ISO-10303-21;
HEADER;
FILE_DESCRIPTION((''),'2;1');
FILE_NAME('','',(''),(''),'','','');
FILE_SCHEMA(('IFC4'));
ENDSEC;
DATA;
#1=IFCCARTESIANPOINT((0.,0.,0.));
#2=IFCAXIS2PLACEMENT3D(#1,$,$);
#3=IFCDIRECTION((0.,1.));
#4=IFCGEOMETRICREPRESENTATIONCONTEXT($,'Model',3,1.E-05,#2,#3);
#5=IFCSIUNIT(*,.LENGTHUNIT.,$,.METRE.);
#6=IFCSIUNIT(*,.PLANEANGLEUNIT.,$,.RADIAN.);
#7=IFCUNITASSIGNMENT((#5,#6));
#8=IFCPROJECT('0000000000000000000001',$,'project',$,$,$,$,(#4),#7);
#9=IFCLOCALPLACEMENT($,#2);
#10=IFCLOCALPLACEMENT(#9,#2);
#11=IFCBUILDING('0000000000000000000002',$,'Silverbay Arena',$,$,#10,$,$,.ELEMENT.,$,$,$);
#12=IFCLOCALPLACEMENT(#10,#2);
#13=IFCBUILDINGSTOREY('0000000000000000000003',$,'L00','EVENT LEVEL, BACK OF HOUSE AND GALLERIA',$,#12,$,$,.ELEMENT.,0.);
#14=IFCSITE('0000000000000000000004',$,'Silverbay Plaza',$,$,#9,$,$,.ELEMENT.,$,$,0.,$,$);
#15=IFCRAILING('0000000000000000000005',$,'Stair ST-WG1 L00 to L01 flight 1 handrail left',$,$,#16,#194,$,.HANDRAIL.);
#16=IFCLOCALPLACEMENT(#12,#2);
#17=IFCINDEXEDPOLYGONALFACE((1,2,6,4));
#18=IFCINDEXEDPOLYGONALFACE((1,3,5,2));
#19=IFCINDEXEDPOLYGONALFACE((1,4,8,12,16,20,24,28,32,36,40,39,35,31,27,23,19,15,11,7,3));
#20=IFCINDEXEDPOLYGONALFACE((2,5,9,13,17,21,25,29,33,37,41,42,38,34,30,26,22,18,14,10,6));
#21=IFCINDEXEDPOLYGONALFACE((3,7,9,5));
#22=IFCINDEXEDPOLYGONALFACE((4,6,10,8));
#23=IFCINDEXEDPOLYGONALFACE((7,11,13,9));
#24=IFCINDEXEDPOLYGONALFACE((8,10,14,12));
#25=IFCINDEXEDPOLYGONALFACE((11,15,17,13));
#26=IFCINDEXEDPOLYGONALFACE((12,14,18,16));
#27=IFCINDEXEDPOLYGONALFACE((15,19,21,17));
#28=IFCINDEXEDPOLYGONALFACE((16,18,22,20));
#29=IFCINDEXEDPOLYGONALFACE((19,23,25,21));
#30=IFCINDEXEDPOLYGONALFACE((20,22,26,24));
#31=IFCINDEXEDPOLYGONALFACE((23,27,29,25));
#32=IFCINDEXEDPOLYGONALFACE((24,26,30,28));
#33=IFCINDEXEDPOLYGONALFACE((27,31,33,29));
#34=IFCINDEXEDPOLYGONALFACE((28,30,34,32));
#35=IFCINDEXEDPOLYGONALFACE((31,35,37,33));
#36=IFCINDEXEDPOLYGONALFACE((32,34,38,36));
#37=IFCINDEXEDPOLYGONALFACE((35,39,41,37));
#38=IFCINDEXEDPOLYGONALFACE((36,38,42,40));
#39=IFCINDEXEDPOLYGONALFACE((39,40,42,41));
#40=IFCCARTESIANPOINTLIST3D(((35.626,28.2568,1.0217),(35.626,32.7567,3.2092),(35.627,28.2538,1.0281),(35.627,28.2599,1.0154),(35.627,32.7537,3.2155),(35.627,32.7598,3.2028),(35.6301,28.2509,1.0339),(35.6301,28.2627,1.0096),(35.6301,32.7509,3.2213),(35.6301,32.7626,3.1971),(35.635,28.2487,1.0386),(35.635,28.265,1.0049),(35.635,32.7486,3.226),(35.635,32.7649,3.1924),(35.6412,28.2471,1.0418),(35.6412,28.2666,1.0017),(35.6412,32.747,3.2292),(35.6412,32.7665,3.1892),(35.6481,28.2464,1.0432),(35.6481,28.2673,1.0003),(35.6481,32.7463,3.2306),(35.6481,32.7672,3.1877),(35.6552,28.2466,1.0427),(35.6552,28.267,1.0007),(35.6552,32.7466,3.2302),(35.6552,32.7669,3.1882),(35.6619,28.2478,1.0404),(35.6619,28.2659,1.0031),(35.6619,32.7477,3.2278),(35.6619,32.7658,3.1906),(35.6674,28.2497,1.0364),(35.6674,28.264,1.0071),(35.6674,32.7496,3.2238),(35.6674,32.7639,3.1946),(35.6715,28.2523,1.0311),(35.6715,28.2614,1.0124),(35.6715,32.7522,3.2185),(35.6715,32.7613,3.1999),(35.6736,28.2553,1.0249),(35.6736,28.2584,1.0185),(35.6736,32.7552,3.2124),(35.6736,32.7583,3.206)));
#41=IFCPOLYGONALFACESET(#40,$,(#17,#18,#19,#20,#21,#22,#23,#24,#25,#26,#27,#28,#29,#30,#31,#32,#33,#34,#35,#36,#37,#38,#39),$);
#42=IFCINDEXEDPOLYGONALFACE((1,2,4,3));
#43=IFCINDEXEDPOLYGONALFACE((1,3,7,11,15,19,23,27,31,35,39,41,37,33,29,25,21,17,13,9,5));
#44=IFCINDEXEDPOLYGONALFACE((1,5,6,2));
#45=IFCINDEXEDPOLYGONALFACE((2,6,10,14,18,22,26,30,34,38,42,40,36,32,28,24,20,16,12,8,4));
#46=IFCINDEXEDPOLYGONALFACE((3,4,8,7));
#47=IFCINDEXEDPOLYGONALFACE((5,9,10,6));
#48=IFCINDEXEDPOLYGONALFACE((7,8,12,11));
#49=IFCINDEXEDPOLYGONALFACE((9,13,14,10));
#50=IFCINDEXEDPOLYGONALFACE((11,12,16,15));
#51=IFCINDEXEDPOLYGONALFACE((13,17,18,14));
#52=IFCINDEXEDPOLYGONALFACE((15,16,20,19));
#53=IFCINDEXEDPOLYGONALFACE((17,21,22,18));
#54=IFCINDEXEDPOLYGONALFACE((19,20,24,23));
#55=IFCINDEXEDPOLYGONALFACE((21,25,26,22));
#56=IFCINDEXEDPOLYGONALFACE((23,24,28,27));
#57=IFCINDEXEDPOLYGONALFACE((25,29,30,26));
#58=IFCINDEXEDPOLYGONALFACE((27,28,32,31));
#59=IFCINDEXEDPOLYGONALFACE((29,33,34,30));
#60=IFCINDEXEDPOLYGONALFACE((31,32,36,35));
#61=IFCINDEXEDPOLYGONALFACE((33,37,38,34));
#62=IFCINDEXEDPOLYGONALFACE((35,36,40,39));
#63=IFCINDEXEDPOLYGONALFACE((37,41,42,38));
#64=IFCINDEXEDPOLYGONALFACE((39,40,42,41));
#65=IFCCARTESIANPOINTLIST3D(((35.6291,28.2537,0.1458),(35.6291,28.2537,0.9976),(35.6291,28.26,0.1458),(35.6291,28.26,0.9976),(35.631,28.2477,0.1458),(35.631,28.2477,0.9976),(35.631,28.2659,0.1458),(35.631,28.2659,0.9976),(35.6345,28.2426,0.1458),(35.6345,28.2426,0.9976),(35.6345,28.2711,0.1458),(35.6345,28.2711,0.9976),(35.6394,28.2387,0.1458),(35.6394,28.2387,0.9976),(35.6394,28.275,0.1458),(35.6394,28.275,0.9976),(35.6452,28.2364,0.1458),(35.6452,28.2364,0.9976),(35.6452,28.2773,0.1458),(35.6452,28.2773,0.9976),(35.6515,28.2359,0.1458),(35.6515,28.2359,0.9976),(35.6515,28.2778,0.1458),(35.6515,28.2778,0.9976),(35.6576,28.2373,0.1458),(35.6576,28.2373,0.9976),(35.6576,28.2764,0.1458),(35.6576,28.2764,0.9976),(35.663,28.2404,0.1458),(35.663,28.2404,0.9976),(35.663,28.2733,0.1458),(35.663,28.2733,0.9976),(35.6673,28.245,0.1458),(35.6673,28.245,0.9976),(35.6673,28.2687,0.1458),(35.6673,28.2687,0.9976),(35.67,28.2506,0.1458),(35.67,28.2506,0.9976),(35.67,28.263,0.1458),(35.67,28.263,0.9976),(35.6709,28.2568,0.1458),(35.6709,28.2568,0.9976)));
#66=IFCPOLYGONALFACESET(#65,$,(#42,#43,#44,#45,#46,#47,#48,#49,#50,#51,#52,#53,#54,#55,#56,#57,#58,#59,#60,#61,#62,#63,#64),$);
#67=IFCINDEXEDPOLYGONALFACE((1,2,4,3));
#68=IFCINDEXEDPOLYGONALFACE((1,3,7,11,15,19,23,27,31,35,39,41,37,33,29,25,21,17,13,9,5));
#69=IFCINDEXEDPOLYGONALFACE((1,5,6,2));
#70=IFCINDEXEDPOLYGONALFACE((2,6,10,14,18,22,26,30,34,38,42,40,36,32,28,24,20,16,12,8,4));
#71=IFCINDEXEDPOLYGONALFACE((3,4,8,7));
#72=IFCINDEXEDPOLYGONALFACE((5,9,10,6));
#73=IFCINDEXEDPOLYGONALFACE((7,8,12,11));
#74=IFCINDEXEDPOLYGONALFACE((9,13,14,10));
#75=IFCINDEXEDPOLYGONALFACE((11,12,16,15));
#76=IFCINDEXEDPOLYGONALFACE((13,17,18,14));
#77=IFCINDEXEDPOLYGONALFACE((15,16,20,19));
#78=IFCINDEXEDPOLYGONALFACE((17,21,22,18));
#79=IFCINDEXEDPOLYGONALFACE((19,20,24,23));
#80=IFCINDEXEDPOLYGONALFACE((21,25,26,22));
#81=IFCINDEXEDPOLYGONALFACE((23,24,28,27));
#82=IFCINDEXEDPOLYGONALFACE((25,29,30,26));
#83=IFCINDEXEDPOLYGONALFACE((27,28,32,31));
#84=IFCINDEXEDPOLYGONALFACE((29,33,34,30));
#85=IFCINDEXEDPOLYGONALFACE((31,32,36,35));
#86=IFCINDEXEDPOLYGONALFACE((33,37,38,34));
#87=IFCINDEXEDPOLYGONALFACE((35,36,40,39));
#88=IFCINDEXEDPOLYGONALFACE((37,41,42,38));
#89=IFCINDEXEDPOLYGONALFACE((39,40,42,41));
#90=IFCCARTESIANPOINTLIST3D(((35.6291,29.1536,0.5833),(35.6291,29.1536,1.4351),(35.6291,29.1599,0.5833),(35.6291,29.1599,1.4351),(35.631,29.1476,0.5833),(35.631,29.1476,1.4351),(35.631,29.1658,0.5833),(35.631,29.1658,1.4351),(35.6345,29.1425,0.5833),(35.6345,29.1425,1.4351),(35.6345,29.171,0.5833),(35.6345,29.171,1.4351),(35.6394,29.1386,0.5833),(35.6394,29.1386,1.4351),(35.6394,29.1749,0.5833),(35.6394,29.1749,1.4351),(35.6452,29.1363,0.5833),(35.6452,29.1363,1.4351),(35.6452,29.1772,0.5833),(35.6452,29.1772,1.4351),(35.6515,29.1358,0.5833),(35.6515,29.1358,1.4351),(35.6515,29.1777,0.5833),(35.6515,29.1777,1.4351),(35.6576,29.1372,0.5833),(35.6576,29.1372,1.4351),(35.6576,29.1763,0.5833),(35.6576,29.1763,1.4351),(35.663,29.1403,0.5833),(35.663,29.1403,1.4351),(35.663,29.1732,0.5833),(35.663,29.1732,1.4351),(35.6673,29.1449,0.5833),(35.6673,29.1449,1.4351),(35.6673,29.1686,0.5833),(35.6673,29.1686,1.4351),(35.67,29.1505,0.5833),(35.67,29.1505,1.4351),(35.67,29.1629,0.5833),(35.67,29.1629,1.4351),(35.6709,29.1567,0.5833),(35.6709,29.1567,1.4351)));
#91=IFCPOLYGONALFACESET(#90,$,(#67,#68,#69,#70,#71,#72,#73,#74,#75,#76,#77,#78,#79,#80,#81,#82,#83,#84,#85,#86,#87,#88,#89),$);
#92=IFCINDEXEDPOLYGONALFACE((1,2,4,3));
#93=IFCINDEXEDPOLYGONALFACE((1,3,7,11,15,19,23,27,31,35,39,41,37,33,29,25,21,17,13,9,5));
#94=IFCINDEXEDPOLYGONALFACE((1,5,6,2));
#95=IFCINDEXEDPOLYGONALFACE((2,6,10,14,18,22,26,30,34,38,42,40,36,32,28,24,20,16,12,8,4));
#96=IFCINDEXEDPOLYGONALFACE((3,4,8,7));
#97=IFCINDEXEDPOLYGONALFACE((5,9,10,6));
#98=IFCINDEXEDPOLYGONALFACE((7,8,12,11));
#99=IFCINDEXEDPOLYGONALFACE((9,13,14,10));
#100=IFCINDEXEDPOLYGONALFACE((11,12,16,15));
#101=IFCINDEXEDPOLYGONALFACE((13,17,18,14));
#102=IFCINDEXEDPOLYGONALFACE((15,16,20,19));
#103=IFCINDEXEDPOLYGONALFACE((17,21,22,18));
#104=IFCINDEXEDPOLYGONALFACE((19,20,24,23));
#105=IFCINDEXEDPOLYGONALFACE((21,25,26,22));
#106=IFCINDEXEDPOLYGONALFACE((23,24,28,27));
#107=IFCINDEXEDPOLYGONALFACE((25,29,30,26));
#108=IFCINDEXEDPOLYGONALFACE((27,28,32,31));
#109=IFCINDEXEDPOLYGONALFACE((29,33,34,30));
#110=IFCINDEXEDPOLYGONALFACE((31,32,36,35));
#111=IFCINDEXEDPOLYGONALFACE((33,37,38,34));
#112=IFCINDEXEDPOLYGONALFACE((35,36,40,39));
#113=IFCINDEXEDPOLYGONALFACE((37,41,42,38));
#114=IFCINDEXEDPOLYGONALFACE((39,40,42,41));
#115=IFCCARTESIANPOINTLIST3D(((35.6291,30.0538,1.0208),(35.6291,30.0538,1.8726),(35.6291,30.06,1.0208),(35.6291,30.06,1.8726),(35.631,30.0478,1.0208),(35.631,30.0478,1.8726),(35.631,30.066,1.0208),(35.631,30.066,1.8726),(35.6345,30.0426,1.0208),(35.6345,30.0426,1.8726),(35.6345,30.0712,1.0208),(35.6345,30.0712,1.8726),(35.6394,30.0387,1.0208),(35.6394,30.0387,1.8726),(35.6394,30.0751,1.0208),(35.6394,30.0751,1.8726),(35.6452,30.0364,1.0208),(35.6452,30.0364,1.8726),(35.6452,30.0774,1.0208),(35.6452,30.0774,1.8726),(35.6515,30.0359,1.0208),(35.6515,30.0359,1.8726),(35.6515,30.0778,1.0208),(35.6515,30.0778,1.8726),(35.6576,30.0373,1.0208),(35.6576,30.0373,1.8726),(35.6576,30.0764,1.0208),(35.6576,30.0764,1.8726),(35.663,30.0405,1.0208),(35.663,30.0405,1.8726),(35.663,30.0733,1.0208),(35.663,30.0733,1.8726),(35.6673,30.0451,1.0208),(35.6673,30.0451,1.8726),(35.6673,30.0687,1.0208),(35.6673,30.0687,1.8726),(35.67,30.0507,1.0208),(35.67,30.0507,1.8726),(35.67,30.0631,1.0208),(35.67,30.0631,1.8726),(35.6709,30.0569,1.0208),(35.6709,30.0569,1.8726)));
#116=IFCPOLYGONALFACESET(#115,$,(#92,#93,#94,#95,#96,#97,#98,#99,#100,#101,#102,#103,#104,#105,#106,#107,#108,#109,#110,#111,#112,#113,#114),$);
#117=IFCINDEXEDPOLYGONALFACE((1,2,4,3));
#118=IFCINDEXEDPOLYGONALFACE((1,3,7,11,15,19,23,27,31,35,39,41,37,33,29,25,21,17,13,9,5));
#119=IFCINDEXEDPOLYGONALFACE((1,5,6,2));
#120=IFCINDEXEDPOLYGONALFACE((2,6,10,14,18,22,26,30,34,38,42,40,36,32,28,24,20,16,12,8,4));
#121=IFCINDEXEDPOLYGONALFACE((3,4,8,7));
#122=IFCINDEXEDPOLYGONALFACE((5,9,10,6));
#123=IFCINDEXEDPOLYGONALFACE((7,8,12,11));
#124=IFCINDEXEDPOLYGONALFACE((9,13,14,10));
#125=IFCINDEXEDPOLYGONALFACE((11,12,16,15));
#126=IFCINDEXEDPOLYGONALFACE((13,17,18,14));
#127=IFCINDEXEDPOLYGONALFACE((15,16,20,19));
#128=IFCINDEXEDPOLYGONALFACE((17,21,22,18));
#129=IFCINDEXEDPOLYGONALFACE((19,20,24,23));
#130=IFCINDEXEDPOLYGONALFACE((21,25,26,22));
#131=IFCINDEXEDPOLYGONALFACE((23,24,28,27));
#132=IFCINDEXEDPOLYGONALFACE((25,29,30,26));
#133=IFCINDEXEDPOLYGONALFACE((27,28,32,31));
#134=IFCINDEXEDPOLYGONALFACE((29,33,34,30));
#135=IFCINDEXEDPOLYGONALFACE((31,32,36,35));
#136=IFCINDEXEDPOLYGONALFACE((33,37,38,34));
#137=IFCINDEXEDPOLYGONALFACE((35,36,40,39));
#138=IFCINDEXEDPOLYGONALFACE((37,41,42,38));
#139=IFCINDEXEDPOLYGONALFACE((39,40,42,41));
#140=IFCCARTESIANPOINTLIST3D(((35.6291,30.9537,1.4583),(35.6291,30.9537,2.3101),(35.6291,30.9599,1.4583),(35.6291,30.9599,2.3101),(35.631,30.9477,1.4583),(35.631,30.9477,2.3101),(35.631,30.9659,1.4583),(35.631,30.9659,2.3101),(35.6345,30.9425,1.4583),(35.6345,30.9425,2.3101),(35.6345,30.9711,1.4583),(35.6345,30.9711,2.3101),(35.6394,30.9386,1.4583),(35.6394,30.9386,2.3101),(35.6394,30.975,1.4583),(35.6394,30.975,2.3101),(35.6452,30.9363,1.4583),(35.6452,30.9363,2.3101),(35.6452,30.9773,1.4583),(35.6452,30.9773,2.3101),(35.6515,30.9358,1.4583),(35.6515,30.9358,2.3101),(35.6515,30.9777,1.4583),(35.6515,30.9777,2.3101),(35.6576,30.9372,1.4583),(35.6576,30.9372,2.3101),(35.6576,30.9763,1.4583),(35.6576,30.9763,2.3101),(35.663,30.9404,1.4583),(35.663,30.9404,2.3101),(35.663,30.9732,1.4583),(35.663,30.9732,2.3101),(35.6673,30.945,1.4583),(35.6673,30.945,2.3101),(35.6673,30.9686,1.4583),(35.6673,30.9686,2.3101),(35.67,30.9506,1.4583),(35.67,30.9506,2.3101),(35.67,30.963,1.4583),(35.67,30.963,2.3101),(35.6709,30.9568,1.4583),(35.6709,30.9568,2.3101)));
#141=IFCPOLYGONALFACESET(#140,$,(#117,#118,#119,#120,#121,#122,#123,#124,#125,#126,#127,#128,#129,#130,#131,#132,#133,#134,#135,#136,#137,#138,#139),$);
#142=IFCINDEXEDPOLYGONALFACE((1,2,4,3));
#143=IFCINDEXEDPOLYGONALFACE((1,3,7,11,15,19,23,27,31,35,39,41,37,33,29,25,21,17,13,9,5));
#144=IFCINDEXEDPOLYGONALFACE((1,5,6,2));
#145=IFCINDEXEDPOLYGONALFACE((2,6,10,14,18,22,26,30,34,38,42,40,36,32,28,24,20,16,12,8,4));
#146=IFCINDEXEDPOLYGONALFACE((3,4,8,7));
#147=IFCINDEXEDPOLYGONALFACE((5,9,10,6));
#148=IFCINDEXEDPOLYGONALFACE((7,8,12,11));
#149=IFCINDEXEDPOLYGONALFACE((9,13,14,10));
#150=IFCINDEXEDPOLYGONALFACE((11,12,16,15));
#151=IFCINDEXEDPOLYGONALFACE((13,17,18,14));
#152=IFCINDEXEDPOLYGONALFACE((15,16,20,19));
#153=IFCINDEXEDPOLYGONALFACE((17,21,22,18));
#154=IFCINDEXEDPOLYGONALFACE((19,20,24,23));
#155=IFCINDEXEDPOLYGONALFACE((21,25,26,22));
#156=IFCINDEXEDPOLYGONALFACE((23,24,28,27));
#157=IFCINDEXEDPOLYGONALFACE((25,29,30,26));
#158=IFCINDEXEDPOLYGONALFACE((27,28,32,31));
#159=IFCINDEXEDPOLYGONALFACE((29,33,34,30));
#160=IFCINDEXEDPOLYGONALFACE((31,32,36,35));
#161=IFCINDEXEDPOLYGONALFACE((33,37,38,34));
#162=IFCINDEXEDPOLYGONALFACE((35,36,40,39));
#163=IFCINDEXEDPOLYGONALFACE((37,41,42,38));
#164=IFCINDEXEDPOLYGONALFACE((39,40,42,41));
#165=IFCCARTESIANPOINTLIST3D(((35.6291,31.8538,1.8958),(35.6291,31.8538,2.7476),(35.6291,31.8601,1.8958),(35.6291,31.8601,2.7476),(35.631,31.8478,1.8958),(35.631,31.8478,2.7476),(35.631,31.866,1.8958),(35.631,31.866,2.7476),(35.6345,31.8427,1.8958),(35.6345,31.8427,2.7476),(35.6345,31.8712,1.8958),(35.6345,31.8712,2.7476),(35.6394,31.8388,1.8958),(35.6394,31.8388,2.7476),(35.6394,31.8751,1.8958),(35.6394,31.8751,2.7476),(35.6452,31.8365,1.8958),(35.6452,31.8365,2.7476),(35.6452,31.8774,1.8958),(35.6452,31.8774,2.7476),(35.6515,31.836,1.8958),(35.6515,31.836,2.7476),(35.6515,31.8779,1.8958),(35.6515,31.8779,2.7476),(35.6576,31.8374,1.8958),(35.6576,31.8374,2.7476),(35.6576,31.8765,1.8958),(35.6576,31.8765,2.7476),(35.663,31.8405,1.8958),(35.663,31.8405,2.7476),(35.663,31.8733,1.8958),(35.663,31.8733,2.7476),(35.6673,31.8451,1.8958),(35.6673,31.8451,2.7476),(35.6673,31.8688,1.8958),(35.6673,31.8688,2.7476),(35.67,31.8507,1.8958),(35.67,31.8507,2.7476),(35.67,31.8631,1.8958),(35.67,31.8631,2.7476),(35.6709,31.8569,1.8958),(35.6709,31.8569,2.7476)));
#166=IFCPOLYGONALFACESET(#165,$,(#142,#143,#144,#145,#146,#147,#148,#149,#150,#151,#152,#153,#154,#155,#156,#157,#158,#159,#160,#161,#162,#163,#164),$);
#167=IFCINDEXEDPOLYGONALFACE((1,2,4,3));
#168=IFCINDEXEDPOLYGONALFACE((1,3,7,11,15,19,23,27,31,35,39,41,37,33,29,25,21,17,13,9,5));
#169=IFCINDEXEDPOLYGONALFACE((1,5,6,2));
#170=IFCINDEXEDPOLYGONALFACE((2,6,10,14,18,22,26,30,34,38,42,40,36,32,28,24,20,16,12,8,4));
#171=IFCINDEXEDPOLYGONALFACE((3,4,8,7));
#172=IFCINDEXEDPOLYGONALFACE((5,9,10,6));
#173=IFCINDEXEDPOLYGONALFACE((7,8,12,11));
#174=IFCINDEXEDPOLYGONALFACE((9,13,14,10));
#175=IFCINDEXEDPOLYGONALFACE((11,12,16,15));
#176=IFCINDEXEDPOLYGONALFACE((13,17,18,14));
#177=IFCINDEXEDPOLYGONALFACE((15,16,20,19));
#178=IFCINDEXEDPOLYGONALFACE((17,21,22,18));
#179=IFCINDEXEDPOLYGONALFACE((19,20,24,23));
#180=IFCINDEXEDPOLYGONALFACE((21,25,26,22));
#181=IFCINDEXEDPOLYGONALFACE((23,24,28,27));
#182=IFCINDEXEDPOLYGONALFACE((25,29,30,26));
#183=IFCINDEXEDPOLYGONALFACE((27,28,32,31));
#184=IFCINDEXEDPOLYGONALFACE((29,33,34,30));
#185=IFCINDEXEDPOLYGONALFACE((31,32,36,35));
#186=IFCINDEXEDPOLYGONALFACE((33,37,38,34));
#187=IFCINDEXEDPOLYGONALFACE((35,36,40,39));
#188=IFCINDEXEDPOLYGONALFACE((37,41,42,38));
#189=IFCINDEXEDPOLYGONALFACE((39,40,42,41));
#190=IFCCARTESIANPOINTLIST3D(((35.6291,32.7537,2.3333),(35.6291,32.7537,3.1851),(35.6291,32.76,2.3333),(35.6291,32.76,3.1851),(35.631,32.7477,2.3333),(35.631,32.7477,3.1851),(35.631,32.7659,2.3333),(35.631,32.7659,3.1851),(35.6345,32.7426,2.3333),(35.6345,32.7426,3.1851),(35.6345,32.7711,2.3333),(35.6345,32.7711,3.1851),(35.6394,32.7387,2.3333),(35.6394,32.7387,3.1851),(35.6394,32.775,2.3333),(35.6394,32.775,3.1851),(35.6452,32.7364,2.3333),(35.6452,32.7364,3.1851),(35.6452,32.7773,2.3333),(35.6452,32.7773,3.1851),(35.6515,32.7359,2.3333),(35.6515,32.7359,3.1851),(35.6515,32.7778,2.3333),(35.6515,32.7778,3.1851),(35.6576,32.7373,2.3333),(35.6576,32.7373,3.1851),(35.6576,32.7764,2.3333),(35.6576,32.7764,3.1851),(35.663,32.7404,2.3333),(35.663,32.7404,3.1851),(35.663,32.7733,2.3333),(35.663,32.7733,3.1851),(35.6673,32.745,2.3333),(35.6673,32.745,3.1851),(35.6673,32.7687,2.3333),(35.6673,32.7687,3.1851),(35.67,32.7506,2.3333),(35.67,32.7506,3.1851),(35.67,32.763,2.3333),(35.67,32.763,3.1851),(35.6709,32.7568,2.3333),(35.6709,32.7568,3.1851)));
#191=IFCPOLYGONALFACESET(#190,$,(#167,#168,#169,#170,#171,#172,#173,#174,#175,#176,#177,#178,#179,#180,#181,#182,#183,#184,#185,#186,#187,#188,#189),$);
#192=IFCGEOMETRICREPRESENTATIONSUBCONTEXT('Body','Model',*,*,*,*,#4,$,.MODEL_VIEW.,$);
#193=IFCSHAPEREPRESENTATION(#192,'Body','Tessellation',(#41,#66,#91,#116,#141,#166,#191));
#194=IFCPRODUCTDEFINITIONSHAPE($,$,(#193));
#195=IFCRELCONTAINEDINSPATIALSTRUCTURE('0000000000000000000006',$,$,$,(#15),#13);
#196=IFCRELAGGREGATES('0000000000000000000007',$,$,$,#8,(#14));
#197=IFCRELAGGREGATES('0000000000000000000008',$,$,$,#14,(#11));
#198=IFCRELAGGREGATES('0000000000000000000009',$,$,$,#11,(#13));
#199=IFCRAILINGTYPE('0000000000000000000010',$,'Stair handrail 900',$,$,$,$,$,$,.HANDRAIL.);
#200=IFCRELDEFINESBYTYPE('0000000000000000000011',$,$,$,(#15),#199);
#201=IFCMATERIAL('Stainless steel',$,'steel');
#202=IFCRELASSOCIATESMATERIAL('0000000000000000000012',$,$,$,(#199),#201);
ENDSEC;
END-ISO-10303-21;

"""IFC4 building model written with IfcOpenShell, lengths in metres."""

from ifc_helpers import new_model, si_unit, direction, frame, origin, origin_2d, place, context, subcontext, project, spatial, circle, extrude, material, type_object, element, save


model = new_model("IFC4")

# Units and contexts
model_context = context("Model", 3, precision=1e-05, world=origin(), true_north=direction((0.0, 1.0)))
body_context = subcontext(model_context, "Body", "Model", "MODEL_VIEW")
ifc_project = project(units=[si_unit("LENGTHUNIT", "METRE"), si_unit("PLANEANGLEUNIT", "RADIAN")], contexts=[model_context])

# Site, building, storey
site_placement = place(None, origin())
site = spatial("IfcSite", under=ifc_project, at=site_placement, Name="Silverbay Plaza", CompositionType="ELEMENT", RefElevation=0.0)
building_placement = place(site_placement, origin())
building = spatial("IfcBuilding", under=site, at=building_placement, Name="Silverbay Arena", CompositionType="ELEMENT")
storey_placement = place(building_placement, origin())
storey = spatial("IfcBuildingStorey", under=building, at=storey_placement, Name="L00", Description="EVENT LEVEL, BACK OF HOUSE AND GALLERIA", CompositionType="ELEMENT", Elevation=0.0)

# Railing
ifc_material_1 = material(Name="Stainless steel", Category="steel")
railing_type_1 = type_object("IfcRailingType", Name="Stair handrail 900", PredefinedType="HANDRAIL", material=ifc_material_1)
for number, where, name in (
    (1, (35.6499, 28.2568, 0.1458), "Stair ST-WG1 L00 to L01 flight 1 handrail left"),
):
    element("IfcRailing", number, at=place(storey_placement, frame(where)), inside=storey, type_object=railing_type_1, Name=name, PredefinedType="HANDRAIL", context=body_context, shape_type="SweptSolid", body=[
        extrude(circle(Radius=0.0239, at=origin_2d()), frame((0.0, 0.0, 0.876), z_axis=(0.0, 0.899368, 0.437193), x_axis=(-1.0, 0.0, 0.0)), (0.0, 0.0, 1.0), 5.0034),
        extrude(circle(Radius=0.021, at=origin_2d()), origin(), (0.0, 0.0, 1.0), 0.8518),
        extrude(circle(Radius=0.021, at=origin_2d()), frame((0.0, 0.8999, 0.4375)), (0.0, 0.0, 1.0), 0.8518),
        extrude(circle(Radius=0.021, at=origin_2d()), frame((0.0, 1.8, 0.875)), (0.0, 0.0, 1.0), 0.8518),
        extrude(circle(Radius=0.021, at=origin_2d()), frame((0.0, 2.7, 1.3125)), (0.0, 0.0, 1.0), 0.8518),
        extrude(circle(Radius=0.021, at=origin_2d()), frame((0.0, 3.6001, 1.75)), (0.0, 0.0, 1.0), 0.8518),
        extrude(circle(Radius=0.021, at=origin_2d()), frame((0.0, 4.5, 2.1875)), (0.0, 0.0, 1.0), 0.8518),
    ])

save(model, "model.ifc")
